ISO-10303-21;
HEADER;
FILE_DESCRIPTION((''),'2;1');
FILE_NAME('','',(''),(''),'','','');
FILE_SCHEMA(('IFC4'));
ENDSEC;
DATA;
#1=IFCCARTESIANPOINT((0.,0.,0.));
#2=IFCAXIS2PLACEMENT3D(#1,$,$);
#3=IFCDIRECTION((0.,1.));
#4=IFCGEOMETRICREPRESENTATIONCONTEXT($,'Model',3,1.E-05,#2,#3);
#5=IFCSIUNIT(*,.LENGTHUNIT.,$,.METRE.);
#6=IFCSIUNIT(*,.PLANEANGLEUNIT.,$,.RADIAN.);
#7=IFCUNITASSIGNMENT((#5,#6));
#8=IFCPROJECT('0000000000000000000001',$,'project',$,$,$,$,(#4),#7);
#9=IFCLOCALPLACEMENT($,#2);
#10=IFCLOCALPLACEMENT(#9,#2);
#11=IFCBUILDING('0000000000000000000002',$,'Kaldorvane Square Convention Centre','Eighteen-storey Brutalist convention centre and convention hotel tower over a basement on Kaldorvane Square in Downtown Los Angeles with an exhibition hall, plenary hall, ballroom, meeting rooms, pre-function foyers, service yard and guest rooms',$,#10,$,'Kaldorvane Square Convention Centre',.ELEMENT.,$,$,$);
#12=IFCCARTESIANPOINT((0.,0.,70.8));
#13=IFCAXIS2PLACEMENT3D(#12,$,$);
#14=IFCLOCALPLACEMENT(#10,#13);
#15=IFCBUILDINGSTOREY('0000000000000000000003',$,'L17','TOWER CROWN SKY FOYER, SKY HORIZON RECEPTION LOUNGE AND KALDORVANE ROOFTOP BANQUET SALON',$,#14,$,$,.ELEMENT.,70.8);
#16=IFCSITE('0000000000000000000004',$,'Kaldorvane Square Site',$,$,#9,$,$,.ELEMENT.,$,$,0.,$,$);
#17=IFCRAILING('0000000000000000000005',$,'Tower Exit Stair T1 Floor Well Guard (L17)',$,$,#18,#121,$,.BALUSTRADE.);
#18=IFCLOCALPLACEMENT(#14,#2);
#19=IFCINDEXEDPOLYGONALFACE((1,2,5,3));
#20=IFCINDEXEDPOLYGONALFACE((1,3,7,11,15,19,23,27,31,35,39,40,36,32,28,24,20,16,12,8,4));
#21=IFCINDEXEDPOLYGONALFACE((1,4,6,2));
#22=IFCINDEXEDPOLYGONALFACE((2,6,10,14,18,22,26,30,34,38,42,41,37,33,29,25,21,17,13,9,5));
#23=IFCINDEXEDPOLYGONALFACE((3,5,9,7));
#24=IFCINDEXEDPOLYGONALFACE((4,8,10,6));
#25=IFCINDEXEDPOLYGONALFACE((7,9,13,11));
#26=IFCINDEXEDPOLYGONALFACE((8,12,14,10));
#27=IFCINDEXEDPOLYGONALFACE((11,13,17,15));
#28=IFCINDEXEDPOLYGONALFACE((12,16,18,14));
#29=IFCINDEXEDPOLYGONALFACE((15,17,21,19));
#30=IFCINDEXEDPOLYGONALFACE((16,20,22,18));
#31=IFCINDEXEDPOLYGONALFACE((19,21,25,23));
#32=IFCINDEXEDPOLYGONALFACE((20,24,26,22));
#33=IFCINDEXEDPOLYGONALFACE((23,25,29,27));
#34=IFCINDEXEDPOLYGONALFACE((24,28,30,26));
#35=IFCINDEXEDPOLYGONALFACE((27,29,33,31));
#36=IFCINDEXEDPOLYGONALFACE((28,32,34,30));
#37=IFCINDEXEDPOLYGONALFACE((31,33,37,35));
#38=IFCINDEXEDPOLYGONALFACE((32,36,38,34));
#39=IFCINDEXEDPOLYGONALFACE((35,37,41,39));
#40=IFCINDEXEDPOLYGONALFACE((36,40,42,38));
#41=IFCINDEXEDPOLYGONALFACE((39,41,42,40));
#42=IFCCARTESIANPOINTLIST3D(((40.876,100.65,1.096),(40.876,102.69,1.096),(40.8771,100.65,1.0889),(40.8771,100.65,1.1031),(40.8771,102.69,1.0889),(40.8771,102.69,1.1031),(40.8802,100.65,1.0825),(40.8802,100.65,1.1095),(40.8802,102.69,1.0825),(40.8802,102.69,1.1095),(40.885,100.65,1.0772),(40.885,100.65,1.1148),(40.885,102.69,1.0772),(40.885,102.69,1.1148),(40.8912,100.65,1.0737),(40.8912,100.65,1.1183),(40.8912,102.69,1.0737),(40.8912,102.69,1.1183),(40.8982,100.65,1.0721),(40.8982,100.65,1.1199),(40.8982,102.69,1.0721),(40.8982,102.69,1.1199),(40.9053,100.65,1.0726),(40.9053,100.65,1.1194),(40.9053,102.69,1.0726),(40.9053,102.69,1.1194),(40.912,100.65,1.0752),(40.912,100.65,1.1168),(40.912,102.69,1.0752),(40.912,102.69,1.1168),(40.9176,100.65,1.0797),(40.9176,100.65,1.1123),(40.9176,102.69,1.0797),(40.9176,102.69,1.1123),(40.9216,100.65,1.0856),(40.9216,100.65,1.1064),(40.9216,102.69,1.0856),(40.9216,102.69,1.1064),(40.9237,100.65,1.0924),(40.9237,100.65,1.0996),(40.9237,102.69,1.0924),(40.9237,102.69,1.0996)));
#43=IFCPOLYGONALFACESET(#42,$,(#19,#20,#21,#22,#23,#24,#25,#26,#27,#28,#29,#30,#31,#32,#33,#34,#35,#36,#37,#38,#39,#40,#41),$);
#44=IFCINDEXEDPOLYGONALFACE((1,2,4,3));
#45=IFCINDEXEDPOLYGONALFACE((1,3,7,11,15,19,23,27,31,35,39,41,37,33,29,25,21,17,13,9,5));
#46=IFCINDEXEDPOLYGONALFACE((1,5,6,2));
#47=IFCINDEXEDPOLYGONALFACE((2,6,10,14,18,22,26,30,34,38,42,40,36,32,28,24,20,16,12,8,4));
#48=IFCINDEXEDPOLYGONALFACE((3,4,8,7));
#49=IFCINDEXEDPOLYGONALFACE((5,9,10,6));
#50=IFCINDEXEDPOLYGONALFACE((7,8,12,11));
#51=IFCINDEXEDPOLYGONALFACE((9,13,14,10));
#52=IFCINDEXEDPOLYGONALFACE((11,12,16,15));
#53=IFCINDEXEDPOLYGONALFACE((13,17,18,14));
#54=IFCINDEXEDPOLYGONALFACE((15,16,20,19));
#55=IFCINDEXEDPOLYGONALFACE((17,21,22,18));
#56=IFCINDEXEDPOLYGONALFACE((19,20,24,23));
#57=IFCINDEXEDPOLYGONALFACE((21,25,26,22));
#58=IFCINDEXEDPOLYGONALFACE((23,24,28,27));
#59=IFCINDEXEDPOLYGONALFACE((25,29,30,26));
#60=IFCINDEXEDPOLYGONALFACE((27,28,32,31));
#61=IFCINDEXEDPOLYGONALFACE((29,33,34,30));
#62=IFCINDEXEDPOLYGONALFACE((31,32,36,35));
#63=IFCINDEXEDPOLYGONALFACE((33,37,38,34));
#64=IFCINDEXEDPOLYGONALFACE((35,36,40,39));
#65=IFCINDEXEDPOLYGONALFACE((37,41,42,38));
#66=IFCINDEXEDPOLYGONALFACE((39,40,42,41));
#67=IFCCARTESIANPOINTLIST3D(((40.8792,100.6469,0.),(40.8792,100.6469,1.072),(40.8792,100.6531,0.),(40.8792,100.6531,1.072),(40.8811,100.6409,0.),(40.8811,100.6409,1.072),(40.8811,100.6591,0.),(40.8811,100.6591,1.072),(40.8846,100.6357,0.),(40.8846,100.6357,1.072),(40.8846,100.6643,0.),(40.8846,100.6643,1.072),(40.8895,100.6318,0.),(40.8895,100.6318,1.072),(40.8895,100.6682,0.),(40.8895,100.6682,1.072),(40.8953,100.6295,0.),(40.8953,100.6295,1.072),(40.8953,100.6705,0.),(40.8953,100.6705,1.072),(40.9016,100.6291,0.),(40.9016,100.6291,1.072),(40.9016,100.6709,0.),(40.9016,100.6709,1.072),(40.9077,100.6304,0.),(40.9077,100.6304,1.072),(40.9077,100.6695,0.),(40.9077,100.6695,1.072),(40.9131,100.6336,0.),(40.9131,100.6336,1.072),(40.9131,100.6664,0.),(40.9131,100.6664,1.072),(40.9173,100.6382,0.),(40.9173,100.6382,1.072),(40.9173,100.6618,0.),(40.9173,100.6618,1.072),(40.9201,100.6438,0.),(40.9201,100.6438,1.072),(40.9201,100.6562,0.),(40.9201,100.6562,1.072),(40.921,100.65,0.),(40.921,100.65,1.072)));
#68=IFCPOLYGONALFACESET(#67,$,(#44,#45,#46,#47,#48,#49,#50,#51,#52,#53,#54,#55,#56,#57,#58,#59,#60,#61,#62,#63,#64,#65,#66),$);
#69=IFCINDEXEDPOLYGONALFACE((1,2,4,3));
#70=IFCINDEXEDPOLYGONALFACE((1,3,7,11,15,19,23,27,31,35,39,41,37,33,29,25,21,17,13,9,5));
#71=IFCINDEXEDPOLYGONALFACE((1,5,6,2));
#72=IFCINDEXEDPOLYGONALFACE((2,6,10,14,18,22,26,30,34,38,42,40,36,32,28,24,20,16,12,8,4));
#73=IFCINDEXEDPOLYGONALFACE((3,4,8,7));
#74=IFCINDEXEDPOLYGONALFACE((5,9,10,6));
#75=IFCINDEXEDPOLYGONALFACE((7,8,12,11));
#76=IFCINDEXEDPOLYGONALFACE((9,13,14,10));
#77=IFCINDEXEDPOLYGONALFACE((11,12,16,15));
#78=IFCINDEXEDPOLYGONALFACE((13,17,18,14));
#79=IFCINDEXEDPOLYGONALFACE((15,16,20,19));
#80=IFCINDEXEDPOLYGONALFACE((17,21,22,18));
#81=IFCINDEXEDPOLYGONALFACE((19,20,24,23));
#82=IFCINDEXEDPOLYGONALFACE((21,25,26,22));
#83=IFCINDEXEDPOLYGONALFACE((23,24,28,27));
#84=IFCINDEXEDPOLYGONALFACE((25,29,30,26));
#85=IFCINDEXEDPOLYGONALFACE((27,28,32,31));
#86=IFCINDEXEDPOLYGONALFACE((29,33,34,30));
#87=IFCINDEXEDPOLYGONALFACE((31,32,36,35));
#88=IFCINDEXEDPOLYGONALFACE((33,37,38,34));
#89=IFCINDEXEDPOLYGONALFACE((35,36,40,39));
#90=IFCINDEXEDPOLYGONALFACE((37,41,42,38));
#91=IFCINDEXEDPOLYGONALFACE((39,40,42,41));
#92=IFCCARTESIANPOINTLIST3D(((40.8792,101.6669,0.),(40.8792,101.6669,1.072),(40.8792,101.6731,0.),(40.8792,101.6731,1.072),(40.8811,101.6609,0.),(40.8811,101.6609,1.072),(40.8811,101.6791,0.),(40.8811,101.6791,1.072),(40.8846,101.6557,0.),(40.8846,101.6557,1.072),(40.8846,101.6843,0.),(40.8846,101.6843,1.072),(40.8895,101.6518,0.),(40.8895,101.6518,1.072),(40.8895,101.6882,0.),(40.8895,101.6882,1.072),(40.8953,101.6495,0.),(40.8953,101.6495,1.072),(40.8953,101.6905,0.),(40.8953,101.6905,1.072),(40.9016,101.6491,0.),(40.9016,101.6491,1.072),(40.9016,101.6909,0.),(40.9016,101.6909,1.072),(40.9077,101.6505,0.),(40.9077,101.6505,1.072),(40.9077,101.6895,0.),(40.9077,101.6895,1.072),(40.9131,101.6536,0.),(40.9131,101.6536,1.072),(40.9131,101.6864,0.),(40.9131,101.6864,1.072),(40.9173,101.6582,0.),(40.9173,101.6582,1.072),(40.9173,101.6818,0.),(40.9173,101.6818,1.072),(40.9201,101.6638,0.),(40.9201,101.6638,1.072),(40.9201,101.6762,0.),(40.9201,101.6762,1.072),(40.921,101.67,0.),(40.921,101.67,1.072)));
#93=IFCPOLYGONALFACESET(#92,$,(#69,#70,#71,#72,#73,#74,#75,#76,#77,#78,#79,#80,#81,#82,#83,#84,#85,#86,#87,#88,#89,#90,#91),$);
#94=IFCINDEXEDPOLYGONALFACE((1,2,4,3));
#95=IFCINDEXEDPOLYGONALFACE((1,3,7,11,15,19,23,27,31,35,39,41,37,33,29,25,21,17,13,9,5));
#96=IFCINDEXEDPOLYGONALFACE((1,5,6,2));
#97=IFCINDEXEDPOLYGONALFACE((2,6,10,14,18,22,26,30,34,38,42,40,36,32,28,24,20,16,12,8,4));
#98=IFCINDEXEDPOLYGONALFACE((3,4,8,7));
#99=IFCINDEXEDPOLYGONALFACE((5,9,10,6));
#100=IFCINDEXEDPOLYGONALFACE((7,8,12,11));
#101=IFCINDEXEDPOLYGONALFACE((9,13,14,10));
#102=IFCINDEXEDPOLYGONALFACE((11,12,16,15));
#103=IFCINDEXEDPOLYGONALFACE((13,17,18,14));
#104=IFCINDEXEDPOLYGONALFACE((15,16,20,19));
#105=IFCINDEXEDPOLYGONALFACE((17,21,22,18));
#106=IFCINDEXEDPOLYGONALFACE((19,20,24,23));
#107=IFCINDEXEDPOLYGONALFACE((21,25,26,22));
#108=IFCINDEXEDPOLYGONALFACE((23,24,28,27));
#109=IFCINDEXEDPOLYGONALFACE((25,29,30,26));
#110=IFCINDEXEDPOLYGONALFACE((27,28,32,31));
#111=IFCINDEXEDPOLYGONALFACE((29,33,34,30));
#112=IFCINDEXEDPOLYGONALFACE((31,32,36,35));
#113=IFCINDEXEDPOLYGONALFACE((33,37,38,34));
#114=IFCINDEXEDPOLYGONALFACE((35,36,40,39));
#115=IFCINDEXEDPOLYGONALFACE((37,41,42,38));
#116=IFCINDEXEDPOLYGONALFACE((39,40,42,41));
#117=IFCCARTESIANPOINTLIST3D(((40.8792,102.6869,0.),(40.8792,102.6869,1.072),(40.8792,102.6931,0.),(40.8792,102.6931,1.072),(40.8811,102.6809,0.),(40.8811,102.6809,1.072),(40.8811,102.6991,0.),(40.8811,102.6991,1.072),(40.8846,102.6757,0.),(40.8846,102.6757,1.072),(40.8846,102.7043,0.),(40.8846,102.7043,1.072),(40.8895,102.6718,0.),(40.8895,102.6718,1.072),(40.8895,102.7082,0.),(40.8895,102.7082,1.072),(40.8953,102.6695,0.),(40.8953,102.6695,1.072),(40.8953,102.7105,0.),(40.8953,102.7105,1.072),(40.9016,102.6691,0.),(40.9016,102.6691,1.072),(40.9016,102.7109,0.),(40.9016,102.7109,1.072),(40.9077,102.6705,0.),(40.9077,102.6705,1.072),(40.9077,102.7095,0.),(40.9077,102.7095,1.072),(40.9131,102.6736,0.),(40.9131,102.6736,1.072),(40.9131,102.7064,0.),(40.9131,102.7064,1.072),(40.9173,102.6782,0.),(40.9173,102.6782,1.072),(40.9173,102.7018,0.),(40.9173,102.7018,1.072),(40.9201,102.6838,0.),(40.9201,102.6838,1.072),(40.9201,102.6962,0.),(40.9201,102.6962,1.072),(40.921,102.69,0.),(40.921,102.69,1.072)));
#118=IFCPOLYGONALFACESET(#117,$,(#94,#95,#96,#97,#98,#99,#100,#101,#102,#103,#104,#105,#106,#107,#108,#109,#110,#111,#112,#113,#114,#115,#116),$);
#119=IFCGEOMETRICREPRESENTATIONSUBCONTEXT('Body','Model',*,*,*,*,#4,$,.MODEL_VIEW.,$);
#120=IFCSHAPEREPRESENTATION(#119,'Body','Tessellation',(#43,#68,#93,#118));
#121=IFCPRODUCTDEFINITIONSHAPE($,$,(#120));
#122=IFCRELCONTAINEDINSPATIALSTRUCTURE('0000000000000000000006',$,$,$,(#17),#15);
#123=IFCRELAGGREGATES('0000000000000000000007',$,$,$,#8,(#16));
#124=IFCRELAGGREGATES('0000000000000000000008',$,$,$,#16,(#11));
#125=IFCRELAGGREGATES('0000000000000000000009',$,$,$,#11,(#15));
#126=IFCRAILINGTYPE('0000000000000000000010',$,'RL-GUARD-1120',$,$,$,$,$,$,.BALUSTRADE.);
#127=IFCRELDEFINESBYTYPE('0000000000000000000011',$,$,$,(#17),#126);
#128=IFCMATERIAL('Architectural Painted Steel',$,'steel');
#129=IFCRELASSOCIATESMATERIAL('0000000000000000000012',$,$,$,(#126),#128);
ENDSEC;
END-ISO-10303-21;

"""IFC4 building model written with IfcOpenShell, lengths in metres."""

from ifc_helpers import new_model, si_unit, direction, frame, origin, origin_2d, place, context, subcontext, project, spatial, circle, extrude, material, type_object, element, save


model = new_model("IFC4")

# Units and contexts
model_context = context("Model", 3, precision=1e-05, world=origin(), true_north=direction((0.0, 1.0)))
body_context = subcontext(model_context, "Body", "Model", "MODEL_VIEW")
ifc_project = project(units=[si_unit("LENGTHUNIT", "METRE"), si_unit("PLANEANGLEUNIT", "RADIAN")], contexts=[model_context])

# Site, building, storey
site_placement = place(None, origin())
site = spatial("IfcSite", under=ifc_project, at=site_placement, Name="Kaldorvane Square Site", CompositionType="ELEMENT", RefElevation=0.0)
building_placement = place(site_placement, origin())
building = spatial("IfcBuilding", under=site, at=building_placement, Name="Kaldorvane Square Convention Centre", Description="Eighteen-storey Brutalist convention centre and convention hotel tower over a basement on Kaldorvane Square in Downtown Los Angeles with an exhibition hall, plenary hall, ballroom, meeting rooms, pre-function foyers, service yard and guest rooms", LongName="Kaldorvane Square Convention Centre", CompositionType="ELEMENT")
storey_placement = place(building_placement, frame((0.0, 0.0, 70.8)))
storey = spatial("IfcBuildingStorey", under=building, at=storey_placement, Name="L17", Description="TOWER CROWN SKY FOYER, SKY HORIZON RECEPTION LOUNGE AND KALDORVANE ROOFTOP BANQUET SALON", CompositionType="ELEMENT", Elevation=70.8)

# Railing
ifc_material_1 = material(Name="Architectural Painted Steel", Category="steel")
railing_type = type_object("IfcRailingType", Name="RL-GUARD-1120", PredefinedType="BALUSTRADE", material=ifc_material_1)
railing_placement = place(storey_placement, frame((40.9, 100.65, 0.0)))
element("IfcRailing", 1, at=railing_placement, inside=storey, type_object=railing_type, Name="Tower Exit Stair T1 Floor Well Guard (L17)", PredefinedType="BALUSTRADE", context=body_context, shape_type="SweptSolid", body=[
    extrude(circle(Radius=0.024, at=origin_2d()), frame((0.0, 0.0, 1.096), z_axis=(0.0, 1.0, 0.0), x_axis=(-1.0, 0.0, 0.0)), (0.0, 0.0, 1.0), 2.04),
    extrude(circle(Radius=0.021, at=origin_2d()), origin(), (0.0, 0.0, 1.0), 1.072),
    extrude(circle(Radius=0.021, at=origin_2d()), frame((0.0, 1.02, 0.0)), (0.0, 0.0, 1.0), 1.072),
    extrude(circle(Radius=0.021, at=origin_2d()), frame((0.0, 2.04, 0.0)), (0.0, 0.0, 1.0), 1.072),
])

save(model, "model.ifc")
